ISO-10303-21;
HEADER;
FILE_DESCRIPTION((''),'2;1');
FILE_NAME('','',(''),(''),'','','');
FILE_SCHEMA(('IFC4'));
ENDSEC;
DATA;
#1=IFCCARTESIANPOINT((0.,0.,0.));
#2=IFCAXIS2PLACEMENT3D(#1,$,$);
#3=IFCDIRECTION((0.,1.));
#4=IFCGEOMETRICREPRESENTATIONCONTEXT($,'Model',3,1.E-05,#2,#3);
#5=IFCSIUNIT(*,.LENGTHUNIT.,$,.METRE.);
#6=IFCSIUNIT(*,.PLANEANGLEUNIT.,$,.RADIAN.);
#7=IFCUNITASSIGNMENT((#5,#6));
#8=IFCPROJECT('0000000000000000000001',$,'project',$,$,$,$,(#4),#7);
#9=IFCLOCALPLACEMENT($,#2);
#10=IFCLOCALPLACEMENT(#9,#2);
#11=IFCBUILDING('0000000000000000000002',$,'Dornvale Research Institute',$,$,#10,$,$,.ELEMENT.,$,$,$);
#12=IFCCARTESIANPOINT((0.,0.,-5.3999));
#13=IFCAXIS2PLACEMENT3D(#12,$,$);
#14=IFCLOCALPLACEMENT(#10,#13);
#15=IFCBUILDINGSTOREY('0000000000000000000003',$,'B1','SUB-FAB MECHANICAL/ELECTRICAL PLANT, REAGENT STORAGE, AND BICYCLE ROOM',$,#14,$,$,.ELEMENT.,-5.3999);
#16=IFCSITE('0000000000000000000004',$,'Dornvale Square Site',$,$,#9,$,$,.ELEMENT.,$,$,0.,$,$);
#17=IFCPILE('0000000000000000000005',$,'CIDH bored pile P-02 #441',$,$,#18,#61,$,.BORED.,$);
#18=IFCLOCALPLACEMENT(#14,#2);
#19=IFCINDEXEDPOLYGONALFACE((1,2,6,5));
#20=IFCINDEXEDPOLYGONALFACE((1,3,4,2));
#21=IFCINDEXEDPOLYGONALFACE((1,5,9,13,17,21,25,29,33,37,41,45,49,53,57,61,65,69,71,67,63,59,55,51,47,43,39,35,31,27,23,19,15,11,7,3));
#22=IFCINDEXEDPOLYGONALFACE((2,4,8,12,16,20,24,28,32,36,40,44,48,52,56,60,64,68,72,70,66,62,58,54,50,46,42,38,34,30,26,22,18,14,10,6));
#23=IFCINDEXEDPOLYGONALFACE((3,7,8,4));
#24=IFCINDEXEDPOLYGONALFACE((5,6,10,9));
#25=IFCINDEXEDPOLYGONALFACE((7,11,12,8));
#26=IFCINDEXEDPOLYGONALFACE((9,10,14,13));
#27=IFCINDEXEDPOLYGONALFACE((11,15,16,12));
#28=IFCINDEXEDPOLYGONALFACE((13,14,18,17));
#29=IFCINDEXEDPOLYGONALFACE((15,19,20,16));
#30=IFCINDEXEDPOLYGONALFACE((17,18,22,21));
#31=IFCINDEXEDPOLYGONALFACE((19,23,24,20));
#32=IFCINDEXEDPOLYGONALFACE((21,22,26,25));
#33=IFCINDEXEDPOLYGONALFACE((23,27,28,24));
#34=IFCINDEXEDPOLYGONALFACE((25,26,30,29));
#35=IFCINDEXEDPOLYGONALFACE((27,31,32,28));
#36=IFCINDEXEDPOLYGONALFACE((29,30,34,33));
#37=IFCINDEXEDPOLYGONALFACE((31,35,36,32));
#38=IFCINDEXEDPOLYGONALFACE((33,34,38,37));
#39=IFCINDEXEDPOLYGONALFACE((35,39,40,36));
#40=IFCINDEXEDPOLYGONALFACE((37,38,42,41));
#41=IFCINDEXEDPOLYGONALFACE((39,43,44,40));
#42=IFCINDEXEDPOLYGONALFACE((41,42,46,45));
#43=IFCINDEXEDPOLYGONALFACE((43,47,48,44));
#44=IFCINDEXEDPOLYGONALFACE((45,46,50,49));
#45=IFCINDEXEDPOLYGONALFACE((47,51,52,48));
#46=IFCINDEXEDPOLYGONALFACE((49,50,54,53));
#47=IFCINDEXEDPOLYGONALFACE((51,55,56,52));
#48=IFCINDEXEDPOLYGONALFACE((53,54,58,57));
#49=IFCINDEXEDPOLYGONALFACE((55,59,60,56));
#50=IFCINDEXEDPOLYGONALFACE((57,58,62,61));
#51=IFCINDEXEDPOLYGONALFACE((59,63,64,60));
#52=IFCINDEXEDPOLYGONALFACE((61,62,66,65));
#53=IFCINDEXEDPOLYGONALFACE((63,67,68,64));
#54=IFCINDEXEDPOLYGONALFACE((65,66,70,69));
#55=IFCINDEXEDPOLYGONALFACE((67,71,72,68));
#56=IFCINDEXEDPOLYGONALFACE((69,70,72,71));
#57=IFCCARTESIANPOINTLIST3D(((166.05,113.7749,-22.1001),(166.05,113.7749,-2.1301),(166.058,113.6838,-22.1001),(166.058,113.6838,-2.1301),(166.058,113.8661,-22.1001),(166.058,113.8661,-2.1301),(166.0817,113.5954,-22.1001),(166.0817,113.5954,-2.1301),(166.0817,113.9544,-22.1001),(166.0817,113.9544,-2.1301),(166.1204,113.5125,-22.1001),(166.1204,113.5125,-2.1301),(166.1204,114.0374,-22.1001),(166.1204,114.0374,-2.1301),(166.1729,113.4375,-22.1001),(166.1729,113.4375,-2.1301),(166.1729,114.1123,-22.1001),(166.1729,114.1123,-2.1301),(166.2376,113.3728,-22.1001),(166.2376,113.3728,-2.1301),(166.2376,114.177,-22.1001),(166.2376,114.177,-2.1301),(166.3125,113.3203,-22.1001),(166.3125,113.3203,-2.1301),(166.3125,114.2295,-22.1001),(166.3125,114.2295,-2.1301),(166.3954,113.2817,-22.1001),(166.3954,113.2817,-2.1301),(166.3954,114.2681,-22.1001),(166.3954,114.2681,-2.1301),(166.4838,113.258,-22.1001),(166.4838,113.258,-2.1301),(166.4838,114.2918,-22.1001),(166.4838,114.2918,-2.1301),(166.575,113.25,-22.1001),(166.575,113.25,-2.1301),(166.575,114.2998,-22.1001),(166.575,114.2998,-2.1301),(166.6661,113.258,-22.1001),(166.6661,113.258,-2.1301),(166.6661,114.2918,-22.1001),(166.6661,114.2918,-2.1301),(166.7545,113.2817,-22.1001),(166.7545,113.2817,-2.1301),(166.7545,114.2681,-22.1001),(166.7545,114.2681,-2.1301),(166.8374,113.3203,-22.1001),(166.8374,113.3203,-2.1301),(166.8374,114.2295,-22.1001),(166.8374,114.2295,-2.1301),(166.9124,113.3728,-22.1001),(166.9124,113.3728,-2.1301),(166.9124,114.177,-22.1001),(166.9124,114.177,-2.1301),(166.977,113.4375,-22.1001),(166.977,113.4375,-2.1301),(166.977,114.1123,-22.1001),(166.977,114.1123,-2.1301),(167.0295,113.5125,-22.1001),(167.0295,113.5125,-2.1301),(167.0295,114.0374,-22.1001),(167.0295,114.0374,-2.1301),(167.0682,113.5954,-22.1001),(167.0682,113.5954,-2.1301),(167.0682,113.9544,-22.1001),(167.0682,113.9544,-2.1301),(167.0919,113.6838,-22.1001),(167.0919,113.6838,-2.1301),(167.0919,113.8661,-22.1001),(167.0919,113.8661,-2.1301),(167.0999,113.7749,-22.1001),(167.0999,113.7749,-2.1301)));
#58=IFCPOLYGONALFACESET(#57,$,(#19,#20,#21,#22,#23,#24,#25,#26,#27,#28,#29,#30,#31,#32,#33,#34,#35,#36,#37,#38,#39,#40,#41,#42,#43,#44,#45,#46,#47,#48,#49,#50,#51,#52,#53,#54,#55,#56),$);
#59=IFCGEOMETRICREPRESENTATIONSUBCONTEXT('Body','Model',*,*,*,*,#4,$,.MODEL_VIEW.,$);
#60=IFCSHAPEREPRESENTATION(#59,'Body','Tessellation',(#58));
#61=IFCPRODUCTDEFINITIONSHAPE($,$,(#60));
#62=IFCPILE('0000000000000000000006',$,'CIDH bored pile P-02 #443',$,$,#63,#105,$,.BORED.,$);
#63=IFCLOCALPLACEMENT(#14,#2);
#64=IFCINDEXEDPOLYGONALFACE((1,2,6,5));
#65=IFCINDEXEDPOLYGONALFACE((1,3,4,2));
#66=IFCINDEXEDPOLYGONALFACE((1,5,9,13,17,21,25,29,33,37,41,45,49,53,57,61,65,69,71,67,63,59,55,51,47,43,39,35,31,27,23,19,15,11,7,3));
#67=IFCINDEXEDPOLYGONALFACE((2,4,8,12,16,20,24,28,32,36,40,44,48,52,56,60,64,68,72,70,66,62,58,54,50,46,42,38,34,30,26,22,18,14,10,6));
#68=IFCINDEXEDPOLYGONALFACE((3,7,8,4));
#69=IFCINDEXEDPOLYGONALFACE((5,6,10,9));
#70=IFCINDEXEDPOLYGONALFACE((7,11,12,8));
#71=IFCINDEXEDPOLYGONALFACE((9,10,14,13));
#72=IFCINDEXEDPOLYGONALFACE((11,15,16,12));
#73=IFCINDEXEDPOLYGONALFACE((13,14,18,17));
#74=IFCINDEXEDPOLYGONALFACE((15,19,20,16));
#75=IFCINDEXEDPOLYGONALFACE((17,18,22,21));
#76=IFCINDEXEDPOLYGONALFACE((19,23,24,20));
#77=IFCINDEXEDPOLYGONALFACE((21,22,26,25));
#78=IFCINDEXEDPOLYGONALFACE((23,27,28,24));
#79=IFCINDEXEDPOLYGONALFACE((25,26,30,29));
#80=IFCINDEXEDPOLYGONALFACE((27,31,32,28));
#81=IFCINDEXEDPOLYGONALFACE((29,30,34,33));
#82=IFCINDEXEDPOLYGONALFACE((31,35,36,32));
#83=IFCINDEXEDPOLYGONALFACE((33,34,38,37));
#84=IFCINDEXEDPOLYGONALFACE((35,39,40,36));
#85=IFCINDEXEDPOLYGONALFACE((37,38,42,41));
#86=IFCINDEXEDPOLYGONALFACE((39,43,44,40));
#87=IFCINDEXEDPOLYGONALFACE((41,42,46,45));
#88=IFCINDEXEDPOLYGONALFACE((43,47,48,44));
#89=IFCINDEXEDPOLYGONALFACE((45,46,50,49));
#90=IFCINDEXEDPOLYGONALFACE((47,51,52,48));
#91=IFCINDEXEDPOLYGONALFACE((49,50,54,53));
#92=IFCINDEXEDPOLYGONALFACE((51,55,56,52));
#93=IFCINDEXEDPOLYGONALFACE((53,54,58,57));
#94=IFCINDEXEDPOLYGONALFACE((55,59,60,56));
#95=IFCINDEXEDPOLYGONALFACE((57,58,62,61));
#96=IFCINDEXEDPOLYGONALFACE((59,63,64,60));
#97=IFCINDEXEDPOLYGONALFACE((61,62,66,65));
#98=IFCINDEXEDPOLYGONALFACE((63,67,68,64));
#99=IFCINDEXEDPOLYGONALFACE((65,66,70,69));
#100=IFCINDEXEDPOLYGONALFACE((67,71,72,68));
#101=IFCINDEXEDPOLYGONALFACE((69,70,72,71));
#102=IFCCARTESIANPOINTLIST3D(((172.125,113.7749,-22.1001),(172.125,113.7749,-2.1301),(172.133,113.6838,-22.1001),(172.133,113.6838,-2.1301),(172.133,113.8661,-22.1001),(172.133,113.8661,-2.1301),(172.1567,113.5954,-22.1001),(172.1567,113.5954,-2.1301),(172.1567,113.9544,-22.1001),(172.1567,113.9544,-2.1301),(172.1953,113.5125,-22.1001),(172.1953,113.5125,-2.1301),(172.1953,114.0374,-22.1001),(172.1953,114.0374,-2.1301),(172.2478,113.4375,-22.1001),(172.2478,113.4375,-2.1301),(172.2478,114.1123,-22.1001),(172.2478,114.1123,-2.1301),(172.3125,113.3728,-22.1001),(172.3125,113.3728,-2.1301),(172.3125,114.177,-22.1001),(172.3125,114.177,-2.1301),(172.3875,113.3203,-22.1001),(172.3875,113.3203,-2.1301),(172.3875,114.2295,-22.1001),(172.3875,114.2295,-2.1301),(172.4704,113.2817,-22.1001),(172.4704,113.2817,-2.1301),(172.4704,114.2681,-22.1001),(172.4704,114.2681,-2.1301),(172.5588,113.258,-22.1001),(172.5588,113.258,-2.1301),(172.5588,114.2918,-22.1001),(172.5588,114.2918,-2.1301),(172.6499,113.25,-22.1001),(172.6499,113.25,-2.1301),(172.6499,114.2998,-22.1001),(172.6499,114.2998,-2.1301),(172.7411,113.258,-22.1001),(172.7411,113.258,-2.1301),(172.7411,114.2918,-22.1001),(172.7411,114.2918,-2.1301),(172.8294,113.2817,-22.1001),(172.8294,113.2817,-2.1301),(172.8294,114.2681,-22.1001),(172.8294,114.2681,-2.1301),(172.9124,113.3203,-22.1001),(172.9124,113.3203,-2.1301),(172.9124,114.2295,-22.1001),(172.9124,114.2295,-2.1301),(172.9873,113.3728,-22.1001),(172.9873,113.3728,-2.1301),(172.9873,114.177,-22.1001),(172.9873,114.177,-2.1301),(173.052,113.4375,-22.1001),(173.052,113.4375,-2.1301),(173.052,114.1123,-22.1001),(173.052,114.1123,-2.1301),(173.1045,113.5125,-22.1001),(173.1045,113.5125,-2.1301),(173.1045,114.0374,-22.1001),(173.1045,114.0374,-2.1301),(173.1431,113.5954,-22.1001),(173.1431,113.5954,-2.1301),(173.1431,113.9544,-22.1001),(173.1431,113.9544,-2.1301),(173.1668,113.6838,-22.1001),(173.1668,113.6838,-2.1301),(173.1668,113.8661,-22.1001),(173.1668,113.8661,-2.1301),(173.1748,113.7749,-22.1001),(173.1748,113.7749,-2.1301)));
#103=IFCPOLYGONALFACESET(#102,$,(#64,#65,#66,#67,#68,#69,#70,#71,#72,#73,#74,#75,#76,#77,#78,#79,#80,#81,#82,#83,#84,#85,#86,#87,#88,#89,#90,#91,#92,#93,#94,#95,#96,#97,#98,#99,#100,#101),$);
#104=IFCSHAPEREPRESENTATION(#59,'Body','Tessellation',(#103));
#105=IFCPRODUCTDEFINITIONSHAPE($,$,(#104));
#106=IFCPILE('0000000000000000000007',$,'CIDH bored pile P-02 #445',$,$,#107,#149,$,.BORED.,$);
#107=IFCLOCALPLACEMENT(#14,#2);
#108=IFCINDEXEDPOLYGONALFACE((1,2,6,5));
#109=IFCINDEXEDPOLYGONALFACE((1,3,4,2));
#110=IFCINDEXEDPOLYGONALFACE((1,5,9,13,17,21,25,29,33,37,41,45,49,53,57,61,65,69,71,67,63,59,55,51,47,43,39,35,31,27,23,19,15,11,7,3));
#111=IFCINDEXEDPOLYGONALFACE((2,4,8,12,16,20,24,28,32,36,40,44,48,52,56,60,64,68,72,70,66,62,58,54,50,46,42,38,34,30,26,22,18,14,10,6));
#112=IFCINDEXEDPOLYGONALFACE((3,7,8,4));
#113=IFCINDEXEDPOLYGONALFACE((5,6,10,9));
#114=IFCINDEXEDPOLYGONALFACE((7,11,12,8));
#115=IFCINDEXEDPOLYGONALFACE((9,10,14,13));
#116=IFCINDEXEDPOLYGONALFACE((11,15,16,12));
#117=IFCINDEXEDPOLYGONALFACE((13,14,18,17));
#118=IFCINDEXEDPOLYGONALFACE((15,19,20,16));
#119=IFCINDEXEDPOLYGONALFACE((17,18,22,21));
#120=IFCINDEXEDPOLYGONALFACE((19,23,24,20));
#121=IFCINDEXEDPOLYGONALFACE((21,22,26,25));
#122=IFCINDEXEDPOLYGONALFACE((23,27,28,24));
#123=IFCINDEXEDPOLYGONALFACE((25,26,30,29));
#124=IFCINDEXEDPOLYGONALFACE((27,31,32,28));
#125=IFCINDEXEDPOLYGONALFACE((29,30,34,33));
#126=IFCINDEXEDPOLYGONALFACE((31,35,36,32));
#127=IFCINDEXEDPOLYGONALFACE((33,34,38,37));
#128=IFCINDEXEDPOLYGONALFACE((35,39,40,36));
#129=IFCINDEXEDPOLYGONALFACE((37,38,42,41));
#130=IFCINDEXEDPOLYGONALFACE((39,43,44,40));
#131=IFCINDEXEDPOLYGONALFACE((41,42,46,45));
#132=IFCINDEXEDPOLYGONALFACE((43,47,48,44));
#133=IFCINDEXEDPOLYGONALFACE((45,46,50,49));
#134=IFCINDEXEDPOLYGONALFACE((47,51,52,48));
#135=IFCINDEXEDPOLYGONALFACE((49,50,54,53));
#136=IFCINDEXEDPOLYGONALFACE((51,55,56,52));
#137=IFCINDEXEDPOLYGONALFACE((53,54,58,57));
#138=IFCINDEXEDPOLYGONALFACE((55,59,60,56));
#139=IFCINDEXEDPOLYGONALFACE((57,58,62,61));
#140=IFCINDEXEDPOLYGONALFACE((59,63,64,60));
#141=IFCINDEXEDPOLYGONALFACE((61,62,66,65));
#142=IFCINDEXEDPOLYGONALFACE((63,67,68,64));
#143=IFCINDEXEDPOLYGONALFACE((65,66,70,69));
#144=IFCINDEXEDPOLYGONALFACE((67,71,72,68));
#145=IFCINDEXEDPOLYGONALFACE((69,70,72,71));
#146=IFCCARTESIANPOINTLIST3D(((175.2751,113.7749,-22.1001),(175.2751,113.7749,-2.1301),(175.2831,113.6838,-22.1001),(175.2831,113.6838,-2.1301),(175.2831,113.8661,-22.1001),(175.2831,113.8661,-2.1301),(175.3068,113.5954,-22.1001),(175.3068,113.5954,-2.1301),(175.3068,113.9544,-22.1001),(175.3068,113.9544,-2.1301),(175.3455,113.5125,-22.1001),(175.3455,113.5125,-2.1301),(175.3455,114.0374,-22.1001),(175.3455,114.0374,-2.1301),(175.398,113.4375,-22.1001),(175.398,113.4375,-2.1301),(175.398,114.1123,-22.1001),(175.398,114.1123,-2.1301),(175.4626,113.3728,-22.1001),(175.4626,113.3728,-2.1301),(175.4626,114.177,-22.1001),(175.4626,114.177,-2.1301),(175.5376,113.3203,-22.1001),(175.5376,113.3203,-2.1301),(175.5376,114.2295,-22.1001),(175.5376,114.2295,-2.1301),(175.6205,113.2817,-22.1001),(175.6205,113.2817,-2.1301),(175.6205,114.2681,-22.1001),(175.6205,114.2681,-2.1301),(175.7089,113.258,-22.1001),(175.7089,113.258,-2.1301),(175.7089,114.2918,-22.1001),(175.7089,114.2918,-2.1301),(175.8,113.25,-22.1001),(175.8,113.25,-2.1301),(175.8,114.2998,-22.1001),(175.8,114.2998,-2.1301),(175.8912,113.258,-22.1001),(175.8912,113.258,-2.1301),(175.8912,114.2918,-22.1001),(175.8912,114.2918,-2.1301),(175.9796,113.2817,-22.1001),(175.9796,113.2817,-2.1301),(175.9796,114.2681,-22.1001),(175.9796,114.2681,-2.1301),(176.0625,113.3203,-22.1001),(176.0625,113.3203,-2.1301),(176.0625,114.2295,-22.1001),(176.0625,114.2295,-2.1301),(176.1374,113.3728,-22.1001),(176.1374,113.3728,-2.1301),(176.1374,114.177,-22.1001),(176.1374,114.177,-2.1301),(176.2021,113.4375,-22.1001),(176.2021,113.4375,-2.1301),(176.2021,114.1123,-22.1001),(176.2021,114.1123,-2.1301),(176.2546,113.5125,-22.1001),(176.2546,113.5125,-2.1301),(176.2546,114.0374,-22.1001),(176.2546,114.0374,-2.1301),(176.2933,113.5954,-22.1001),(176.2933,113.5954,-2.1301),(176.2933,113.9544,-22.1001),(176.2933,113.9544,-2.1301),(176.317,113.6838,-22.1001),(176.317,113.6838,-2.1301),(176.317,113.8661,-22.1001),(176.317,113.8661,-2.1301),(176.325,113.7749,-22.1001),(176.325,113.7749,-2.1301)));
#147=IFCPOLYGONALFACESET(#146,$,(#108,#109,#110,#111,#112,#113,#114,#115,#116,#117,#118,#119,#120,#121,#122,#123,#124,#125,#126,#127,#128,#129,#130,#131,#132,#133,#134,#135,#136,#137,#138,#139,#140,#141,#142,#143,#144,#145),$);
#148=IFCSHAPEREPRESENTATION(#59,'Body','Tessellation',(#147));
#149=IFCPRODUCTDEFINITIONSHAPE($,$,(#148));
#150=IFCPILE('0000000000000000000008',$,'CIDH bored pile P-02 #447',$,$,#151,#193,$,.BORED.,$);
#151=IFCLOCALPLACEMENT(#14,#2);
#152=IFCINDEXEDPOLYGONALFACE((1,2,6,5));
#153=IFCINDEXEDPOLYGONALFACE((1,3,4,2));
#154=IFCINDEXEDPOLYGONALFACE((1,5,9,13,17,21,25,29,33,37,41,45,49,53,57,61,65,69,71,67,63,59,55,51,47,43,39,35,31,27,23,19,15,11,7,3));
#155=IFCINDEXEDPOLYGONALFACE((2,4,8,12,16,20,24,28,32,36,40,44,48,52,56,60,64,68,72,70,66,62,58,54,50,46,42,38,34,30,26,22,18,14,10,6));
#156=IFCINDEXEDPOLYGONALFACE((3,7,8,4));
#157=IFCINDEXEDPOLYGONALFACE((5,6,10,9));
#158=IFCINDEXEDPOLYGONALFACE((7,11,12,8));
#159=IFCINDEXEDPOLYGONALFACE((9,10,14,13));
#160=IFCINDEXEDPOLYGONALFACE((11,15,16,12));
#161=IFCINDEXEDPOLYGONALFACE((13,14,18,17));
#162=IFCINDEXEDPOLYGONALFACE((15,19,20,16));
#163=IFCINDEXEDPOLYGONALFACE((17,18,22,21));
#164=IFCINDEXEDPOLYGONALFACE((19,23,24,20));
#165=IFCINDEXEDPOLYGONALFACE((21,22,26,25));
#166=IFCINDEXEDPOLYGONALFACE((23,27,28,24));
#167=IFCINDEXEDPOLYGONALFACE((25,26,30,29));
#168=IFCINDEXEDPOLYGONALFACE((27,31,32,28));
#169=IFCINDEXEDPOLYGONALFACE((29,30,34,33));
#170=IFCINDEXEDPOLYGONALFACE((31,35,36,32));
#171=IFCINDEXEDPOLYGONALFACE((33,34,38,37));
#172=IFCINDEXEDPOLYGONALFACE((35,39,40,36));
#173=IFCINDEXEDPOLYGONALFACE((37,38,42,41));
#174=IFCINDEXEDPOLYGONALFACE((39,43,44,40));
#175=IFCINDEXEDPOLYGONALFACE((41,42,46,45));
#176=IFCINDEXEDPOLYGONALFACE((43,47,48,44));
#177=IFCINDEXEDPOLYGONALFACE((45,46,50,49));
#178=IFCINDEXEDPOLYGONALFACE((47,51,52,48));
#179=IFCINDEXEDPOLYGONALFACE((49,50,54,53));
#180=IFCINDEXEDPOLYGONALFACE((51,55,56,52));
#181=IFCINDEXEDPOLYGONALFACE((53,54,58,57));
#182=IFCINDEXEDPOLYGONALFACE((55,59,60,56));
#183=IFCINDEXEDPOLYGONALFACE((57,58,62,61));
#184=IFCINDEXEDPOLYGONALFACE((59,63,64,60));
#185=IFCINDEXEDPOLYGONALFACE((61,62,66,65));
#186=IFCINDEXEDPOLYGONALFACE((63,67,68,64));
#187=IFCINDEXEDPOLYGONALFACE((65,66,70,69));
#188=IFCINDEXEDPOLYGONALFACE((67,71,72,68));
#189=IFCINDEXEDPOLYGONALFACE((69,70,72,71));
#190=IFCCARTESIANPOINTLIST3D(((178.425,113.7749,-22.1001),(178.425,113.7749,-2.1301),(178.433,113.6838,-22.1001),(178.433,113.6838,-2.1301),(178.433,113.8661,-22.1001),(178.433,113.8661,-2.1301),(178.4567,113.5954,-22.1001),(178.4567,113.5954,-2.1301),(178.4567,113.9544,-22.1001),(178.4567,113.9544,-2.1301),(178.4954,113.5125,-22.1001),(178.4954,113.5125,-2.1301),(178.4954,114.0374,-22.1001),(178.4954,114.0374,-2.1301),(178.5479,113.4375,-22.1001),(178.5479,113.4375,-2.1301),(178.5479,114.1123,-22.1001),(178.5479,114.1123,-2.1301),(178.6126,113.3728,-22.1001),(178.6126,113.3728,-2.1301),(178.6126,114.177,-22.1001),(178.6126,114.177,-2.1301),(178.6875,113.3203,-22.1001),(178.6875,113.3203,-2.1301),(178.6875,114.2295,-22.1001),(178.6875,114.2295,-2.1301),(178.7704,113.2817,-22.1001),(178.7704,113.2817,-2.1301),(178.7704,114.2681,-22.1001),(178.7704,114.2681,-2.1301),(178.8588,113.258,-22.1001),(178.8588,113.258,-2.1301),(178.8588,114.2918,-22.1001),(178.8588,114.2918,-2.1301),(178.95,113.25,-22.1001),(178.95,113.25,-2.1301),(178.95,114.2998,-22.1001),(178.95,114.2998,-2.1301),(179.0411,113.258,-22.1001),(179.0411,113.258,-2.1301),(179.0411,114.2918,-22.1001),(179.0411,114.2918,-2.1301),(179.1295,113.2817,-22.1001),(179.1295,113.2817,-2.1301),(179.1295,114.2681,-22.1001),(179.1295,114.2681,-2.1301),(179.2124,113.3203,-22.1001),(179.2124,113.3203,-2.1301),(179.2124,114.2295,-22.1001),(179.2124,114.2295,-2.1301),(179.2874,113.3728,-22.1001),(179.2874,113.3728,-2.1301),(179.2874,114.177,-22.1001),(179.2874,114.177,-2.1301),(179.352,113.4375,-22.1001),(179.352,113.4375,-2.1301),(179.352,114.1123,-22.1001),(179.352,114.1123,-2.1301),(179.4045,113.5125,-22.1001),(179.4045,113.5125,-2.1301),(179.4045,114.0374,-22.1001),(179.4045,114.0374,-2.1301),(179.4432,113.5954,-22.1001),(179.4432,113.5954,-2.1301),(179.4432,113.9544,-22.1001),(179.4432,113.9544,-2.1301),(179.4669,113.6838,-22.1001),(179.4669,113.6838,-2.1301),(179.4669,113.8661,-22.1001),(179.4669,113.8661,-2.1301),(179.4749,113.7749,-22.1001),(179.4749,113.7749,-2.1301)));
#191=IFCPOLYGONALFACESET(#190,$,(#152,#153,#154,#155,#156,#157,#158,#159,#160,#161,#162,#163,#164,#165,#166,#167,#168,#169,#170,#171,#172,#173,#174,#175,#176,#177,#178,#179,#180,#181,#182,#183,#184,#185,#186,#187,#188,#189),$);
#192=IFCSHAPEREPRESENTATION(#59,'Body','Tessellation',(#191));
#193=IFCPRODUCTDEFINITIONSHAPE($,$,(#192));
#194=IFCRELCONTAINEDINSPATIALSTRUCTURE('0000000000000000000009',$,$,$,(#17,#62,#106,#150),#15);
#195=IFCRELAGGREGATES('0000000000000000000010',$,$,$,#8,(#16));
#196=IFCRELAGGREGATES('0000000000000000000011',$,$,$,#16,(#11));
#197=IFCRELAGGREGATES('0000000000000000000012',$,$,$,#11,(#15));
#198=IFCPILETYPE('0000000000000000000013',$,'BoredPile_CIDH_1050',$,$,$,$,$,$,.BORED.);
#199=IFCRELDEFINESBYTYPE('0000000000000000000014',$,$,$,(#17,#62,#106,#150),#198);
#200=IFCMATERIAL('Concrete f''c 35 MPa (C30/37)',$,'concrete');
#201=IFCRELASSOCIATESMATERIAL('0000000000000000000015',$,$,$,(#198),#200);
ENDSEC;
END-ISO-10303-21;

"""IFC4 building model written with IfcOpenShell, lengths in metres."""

from ifc_helpers import new_model, si_unit, direction, frame, origin, origin_2d, place, context, subcontext, project, spatial, circle, extrude, material, material_profile, profile_set, type_object, element, save


model = new_model("IFC4")

# Units and contexts
model_context = context("Model", 3, precision=1e-05, world=origin(), true_north=direction((0.0, 1.0)))
body_context = subcontext(model_context, "Body", "Model", "MODEL_VIEW")
ifc_project = project(units=[si_unit("LENGTHUNIT", "METRE"), si_unit("PLANEANGLEUNIT", "RADIAN")], contexts=[model_context])

# Site, building, storey
site_placement = place(None, origin())
site = spatial("IfcSite", under=ifc_project, at=site_placement, Name="Dornvale Square Site", CompositionType="ELEMENT", RefElevation=0.0)
building_placement = place(site_placement, origin())
building = spatial("IfcBuilding", under=site, at=building_placement, Name="Dornvale Research Institute", CompositionType="ELEMENT")
storey_placement = place(building_placement, frame((0.0, 0.0, -5.3999)))
storey = spatial("IfcBuildingStorey", under=building, at=storey_placement, Name="B1", Description="SUB-FAB MECHANICAL/ELECTRICAL PLANT, REAGENT STORAGE, AND BICYCLE ROOM", CompositionType="ELEMENT", Elevation=-5.3999)

# Piles
ifc_material_1 = material(Name="Concrete f'c 35 MPa (C30/37)", Category="concrete")
ifc_material_profile_1 = material_profile(ifc_material_1, circle(Radius=0.5249, at=origin_2d()), Name="CIDH PILE D1050")
ifc_profile_set_1 = profile_set([ifc_material_profile_1], Name="Concrete f'c 35 MPa (C30/37)")
pile_type = type_object("IfcPileType", Name="BoredPile_CIDH_1050", PredefinedType="BORED", material=ifc_profile_set_1)
for number, where, z_axis, x_axis, name in (
    (1, (166.575, 113.7749, -2.1301), (0.0, 0.0, -1.0), (1.0, 0.0, 0.0), "CIDH bored pile P-02 #441"),
    (2, (172.6499, 113.7749, -2.1301), (0.0, 0.0, -1.0), (1.0, 0.0, 0.0), "CIDH bored pile P-02 #443"),
    (3, (175.8, 113.7749, -2.1301), (0.0, 0.0, -1.0), (1.0, 0.0, 0.0), "CIDH bored pile P-02 #445"),
    (4, (178.95, 113.7749, -2.1301), (0.0, 0.0, -1.0), (1.0, 0.0, 0.0), "CIDH bored pile P-02 #447"),
):
    element("IfcPile", number, at=place(storey_placement, frame(where, z_axis=z_axis, x_axis=x_axis)), inside=storey, type_object=pile_type, Name=name, PredefinedType="BORED", context=body_context, shape_type="SweptSolid", body=[
        extrude(circle(Radius=0.5249, at=origin_2d()), origin(), (0.0, 0.0, 1.0), 19.97),
    ])

save(model, "model.ifc")
